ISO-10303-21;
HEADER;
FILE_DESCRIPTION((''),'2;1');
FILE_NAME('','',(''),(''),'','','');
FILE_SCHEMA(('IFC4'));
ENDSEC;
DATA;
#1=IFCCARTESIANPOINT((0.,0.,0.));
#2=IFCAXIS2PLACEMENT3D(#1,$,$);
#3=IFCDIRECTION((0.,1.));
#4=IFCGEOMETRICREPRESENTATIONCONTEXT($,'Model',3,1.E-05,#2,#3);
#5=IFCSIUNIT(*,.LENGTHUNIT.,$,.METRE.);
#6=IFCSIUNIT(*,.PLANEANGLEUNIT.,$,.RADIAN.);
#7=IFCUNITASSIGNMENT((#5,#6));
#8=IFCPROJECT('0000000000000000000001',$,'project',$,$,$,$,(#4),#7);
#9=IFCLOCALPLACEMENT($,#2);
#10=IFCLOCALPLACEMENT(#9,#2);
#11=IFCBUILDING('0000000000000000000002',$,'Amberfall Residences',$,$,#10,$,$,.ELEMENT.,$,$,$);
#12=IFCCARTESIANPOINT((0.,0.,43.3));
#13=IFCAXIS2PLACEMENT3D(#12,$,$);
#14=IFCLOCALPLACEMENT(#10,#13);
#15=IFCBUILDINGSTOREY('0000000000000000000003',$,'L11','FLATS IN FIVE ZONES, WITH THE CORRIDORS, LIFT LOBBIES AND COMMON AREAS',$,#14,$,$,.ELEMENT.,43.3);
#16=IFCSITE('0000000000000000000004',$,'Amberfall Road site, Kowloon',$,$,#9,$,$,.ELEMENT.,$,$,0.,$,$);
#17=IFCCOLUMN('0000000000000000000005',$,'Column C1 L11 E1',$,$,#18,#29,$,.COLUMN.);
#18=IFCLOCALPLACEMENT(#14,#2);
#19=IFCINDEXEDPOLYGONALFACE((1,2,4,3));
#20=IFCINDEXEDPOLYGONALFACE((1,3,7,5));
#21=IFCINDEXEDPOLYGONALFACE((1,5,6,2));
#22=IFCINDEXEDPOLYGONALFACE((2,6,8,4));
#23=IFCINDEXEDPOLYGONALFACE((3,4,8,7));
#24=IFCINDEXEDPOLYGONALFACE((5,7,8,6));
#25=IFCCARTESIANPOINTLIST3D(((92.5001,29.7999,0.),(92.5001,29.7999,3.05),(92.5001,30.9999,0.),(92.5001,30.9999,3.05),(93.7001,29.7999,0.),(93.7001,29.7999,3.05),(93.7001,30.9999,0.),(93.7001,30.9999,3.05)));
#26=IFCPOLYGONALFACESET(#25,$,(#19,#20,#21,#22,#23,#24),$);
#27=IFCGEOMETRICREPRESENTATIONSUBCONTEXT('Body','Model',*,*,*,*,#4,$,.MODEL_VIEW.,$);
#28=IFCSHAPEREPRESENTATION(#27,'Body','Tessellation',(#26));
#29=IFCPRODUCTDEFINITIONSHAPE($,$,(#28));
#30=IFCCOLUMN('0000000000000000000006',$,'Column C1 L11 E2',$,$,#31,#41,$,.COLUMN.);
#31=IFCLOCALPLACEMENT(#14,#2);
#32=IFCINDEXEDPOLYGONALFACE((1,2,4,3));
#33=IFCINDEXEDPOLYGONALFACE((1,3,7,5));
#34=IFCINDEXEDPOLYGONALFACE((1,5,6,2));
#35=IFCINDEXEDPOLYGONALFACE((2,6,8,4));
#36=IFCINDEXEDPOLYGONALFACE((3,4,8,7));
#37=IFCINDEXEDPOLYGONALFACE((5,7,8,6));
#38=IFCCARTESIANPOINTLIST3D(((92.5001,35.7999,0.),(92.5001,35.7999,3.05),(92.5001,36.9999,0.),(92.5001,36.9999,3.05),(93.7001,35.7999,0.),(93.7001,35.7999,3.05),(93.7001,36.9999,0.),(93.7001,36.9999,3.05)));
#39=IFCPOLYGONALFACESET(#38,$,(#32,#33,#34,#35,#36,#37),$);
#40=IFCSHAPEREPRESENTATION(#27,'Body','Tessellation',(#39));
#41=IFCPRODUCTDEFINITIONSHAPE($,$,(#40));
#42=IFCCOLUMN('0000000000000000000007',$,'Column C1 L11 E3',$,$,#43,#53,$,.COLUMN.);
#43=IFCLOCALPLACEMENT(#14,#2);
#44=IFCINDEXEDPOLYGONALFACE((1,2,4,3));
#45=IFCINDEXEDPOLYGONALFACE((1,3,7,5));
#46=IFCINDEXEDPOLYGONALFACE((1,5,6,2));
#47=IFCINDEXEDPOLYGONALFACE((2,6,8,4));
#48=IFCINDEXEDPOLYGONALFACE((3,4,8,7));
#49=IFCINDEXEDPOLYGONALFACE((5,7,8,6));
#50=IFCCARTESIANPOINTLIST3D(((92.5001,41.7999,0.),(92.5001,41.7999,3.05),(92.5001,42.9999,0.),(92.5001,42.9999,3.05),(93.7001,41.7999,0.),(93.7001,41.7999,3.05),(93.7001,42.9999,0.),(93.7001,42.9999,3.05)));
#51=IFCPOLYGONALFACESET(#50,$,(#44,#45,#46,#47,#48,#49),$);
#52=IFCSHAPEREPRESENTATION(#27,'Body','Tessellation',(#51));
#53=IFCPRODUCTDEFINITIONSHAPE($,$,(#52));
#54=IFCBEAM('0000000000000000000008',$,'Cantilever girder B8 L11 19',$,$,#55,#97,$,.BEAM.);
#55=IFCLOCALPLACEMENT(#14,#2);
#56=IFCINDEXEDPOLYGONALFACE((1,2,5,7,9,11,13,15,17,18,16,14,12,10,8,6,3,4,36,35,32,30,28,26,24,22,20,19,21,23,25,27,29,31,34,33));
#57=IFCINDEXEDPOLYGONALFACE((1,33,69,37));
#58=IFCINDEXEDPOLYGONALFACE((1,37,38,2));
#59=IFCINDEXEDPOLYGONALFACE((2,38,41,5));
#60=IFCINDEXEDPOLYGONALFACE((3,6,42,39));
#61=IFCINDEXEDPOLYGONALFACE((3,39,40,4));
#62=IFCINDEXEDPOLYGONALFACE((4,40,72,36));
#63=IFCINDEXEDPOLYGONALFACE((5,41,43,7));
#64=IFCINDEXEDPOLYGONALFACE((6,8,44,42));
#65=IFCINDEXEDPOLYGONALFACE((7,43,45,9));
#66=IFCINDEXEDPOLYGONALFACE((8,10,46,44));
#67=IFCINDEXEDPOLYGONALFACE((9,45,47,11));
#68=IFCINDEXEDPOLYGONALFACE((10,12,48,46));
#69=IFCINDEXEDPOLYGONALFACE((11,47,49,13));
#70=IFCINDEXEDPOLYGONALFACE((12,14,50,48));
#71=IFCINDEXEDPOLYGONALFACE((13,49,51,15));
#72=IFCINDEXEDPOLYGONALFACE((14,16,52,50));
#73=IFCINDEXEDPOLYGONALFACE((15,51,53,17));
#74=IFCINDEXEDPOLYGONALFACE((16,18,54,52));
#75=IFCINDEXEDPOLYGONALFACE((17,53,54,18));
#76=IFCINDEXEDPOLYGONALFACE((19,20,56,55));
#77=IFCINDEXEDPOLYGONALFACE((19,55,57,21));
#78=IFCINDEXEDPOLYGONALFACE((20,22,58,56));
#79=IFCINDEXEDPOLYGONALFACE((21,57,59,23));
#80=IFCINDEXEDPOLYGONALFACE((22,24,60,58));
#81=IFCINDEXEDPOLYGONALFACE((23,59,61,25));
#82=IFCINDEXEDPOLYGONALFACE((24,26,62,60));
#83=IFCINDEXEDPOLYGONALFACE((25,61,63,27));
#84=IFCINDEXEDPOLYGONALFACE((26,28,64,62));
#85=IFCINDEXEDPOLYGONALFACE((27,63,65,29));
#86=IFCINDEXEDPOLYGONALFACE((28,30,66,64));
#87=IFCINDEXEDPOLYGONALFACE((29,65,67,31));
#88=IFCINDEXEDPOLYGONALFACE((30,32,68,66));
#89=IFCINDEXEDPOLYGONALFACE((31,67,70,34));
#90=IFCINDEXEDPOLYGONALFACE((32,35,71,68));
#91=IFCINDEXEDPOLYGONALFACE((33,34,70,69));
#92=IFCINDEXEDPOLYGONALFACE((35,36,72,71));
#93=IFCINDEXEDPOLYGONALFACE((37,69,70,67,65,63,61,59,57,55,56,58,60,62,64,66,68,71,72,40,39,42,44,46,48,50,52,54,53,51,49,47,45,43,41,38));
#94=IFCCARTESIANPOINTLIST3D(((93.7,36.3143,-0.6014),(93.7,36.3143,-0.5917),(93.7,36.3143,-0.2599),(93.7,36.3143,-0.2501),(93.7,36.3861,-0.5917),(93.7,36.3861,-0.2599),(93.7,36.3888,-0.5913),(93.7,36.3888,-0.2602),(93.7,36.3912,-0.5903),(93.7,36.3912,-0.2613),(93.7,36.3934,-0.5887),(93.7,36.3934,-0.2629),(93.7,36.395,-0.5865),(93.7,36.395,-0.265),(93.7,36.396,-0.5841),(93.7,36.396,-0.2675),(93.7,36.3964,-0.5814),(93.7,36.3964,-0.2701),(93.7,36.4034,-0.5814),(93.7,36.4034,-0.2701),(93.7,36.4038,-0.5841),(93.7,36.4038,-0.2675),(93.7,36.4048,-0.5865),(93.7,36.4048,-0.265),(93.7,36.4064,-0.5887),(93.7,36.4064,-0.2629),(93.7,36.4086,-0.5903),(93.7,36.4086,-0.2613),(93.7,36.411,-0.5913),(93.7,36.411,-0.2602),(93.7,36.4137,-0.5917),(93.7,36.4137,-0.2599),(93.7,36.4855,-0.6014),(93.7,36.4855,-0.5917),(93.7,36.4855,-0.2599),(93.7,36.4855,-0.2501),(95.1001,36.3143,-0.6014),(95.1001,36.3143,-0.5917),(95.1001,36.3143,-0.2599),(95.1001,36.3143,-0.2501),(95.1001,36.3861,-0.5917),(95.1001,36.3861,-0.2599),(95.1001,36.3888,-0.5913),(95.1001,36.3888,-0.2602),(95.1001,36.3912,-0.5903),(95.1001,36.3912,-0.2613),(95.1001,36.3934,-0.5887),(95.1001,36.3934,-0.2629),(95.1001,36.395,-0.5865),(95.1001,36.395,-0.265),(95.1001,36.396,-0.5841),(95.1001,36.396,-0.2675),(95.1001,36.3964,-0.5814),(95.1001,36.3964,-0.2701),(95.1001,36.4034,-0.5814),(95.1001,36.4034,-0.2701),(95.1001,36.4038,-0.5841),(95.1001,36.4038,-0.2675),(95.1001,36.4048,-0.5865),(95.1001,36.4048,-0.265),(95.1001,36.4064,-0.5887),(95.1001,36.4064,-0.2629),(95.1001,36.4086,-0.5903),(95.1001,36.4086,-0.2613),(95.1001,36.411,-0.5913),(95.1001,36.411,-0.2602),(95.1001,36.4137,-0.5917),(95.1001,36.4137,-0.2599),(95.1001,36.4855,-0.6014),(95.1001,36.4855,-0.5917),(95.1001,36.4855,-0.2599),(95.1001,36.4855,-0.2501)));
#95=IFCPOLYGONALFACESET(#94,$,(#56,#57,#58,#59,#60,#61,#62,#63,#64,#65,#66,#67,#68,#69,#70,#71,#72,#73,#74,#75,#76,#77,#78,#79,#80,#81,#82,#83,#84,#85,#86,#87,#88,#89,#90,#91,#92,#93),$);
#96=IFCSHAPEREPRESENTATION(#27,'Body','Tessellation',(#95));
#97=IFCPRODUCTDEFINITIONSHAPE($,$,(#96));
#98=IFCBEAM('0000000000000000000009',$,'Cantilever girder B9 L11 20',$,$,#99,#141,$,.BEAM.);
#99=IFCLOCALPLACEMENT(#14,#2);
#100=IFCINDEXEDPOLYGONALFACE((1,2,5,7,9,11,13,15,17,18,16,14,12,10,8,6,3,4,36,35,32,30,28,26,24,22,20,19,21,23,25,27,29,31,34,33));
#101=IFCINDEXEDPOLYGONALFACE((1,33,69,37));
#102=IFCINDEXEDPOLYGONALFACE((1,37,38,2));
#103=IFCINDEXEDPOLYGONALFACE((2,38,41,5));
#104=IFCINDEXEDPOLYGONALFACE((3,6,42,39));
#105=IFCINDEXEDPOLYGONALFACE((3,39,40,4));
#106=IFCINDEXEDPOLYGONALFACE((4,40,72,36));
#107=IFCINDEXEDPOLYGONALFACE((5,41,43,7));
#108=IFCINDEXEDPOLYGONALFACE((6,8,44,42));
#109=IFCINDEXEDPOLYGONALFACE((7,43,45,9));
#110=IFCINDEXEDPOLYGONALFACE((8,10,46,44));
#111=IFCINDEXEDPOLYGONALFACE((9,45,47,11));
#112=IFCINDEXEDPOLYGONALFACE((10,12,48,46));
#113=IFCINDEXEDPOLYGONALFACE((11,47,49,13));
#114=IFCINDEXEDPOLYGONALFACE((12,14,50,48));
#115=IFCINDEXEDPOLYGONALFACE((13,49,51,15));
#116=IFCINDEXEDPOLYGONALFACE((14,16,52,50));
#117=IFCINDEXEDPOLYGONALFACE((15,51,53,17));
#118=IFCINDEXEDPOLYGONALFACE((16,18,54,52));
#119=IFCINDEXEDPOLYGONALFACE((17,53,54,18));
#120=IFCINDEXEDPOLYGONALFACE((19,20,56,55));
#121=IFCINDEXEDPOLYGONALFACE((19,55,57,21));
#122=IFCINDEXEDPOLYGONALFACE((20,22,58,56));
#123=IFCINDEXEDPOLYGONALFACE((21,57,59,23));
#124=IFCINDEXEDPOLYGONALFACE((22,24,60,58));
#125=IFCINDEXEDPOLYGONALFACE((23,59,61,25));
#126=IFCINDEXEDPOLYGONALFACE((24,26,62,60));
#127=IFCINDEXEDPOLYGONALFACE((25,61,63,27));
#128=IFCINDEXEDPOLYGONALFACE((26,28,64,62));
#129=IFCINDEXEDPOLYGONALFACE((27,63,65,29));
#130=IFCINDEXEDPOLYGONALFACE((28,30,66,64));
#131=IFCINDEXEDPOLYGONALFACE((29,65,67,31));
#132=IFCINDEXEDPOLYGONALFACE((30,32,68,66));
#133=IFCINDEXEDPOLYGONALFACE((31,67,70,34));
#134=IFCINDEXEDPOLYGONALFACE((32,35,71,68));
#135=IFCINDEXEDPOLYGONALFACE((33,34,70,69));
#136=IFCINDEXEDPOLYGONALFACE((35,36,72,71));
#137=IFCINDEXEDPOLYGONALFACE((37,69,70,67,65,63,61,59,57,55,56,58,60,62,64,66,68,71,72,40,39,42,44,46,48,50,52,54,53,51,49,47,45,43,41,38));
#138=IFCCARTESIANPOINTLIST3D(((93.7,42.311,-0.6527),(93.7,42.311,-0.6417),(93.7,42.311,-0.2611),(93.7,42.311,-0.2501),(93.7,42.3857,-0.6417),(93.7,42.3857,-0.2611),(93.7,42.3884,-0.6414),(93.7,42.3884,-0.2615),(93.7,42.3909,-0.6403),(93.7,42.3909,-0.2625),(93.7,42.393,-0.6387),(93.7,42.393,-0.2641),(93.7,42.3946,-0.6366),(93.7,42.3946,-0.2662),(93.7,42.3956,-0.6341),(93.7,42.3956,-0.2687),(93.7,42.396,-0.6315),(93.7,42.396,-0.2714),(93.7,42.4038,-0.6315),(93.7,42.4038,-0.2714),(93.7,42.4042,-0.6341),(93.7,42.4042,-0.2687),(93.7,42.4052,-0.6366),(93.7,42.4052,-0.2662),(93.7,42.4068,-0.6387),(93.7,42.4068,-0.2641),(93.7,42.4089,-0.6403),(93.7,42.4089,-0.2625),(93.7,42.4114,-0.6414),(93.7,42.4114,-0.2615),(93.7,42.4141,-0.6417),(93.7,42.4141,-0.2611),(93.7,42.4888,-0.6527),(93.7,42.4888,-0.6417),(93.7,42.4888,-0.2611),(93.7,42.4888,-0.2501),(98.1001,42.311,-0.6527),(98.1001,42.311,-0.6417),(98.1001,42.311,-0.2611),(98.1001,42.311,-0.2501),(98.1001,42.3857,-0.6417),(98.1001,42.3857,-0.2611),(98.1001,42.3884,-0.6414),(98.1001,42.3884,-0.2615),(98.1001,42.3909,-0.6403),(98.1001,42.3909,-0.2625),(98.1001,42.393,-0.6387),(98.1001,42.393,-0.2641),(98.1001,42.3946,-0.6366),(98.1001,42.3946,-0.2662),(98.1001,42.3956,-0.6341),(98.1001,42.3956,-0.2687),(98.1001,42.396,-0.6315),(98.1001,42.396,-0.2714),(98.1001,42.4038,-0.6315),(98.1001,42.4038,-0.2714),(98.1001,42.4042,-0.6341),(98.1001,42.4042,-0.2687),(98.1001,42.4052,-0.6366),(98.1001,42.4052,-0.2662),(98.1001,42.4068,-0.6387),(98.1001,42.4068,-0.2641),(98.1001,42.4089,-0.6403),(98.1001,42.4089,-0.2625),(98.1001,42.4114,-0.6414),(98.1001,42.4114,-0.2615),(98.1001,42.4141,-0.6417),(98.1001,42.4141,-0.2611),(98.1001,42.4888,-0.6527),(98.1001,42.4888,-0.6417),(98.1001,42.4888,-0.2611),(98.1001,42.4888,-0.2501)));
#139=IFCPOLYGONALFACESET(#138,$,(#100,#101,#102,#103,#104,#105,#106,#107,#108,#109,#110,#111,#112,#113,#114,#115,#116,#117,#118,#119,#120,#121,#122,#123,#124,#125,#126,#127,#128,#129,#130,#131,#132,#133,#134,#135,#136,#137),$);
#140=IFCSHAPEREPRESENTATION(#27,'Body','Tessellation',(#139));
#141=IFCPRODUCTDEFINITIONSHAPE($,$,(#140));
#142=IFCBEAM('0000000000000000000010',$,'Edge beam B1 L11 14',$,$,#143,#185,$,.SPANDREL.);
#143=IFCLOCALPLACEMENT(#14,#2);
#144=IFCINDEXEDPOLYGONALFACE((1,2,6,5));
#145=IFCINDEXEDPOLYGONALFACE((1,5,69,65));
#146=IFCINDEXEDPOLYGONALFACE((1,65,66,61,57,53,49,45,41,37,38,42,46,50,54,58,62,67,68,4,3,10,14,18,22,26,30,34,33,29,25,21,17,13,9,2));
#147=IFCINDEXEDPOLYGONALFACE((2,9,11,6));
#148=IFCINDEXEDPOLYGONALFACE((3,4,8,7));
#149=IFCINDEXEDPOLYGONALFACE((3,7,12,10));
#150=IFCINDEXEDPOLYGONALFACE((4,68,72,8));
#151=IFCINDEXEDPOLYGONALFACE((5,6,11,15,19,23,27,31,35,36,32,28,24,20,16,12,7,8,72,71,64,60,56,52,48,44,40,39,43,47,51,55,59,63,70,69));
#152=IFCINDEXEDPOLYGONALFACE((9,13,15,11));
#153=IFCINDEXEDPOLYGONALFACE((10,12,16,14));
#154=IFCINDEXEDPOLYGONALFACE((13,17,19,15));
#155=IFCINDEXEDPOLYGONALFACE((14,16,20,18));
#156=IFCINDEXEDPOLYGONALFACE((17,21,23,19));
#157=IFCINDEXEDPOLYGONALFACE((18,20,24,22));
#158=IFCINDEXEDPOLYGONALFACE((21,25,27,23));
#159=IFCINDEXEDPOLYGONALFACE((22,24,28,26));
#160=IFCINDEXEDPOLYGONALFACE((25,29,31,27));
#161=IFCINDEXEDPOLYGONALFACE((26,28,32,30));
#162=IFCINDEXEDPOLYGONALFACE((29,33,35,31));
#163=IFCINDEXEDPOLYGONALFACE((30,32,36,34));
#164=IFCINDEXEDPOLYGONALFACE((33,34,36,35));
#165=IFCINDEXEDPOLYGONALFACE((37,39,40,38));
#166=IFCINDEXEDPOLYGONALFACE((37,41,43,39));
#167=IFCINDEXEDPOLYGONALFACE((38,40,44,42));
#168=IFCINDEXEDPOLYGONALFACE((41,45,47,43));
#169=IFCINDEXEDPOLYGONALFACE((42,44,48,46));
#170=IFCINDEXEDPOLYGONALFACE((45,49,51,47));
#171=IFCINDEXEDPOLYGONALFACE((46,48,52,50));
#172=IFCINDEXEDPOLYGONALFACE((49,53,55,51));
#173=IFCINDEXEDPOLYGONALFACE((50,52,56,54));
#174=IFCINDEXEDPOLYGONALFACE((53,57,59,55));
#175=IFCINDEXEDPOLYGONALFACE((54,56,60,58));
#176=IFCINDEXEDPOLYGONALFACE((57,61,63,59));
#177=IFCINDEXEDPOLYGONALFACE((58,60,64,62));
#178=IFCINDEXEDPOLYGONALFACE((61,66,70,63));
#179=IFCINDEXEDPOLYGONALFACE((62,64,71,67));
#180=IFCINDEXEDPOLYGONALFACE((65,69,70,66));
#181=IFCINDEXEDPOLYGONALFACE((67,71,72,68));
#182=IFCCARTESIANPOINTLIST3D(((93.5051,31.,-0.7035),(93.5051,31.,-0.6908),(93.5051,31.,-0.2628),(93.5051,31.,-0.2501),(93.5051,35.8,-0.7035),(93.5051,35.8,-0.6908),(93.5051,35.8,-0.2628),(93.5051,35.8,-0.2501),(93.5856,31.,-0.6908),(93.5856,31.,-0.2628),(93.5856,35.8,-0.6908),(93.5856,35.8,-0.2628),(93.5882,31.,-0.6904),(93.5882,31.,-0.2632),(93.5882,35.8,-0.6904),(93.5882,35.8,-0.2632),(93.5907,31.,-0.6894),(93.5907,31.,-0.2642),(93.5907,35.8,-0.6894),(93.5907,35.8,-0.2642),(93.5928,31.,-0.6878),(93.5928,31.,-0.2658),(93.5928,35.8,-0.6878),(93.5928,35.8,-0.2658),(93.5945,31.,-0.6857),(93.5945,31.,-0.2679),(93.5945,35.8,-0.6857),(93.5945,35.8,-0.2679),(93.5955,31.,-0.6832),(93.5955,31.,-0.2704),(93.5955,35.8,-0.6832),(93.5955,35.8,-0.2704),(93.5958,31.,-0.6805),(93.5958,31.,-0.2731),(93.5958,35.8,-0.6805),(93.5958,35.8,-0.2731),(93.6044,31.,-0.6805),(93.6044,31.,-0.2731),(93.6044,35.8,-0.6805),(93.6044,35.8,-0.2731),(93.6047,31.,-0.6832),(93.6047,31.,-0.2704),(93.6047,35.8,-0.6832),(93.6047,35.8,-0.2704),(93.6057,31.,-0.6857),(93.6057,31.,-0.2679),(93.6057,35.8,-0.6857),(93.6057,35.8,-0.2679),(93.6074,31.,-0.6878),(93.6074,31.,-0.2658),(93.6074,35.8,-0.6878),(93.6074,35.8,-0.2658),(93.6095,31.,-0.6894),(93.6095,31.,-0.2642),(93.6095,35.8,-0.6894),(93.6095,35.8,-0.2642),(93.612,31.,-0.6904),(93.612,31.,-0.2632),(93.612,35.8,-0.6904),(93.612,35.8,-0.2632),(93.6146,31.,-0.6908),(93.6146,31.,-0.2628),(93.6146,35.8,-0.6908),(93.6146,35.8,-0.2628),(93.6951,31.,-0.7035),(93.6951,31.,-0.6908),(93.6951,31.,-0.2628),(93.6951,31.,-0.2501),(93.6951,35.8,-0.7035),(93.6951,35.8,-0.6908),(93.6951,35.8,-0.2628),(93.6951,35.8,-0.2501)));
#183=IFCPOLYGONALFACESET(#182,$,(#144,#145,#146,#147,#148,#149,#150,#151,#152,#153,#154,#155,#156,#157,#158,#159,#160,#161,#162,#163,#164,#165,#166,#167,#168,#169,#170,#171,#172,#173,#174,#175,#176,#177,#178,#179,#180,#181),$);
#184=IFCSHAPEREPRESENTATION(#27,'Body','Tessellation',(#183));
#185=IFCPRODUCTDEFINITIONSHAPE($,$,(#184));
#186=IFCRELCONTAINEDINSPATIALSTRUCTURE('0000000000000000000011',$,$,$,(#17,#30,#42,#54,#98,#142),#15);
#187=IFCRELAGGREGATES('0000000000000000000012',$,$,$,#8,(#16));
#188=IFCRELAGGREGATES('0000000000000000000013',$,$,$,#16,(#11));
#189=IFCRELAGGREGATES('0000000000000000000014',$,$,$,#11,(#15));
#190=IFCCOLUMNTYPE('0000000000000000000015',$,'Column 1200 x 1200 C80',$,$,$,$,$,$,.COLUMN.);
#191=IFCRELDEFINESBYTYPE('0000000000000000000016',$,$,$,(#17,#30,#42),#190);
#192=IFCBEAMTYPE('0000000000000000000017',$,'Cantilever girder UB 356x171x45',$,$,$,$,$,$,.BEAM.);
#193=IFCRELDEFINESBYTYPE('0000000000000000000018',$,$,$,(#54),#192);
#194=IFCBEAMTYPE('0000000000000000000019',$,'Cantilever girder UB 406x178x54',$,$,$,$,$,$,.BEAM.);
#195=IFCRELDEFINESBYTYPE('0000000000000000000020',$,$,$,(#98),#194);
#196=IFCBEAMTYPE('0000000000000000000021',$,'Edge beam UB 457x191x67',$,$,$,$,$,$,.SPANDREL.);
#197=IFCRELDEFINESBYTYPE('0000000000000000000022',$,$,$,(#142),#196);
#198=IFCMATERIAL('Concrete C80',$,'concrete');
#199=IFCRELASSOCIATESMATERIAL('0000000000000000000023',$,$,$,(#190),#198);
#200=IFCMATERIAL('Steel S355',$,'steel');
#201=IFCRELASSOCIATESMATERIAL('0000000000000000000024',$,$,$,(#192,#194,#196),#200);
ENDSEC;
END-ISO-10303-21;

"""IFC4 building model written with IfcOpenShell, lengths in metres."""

from ifc_helpers import new_model, si_unit, direction, frame, origin, origin_2d, place, context, subcontext, project, spatial, rectangle, i_section, extrude, material, material_profile, profile_set, type_object, element, save


model = new_model("IFC4")

# Units and contexts
model_context = context("Model", 3, precision=1e-05, world=origin(), true_north=direction((0.0, 1.0)))
body_context = subcontext(model_context, "Body", "Model", "MODEL_VIEW")
ifc_project = project(units=[si_unit("LENGTHUNIT", "METRE"), si_unit("PLANEANGLEUNIT", "RADIAN")], contexts=[model_context])

# Site, building, storey
site_placement = place(None, origin())
site = spatial("IfcSite", under=ifc_project, at=site_placement, Name="Amberfall Road site, Kowloon", CompositionType="ELEMENT", RefElevation=0.0)
building_placement = place(site_placement, origin())
building = spatial("IfcBuilding", under=site, at=building_placement, Name="Amberfall Residences", CompositionType="ELEMENT")
storey_placement = place(building_placement, frame((0.0, 0.0, 43.3)))
storey = spatial("IfcBuildingStorey", under=building, at=storey_placement, Name="L11", Description="FLATS IN FIVE ZONES, WITH THE CORRIDORS, LIFT LOBBIES AND COMMON AREAS", CompositionType="ELEMENT", Elevation=43.3)

# Columns
ifc_material_1 = material(Name="Concrete C80", Category="concrete")
ifc_material_profile_1 = material_profile(ifc_material_1, rectangle(XDim=1.2, YDim=1.2, at=origin_2d()), Name="Column 1200 x 1200 C80")
ifc_profile_set_1 = profile_set([ifc_material_profile_1], Name="Concrete C80")
column_type = type_object("IfcColumnType", Name="Column 1200 x 1200 C80", PredefinedType="COLUMN", material=ifc_profile_set_1)
for number, where, z_axis, x_axis, name in (
    (1, (93.1001, 30.3999, 0.0), (0.0, 0.0, 1.0), (1.0, 0.0, 0.0), "Column C1 L11 E1"),
    (2, (93.1001, 36.3999, 0.0), (0.0, 0.0, 1.0), (1.0, 0.0, 0.0), "Column C1 L11 E2"),
    (3, (93.1001, 42.3999, 0.0), (0.0, 0.0, 1.0), (1.0, 0.0, 0.0), "Column C1 L11 E3"),
):
    element("IfcColumn", number, at=place(storey_placement, frame(where, z_axis=z_axis, x_axis=x_axis)), inside=storey, type_object=column_type, Name=name, PredefinedType="COLUMN", context=body_context, shape_type="SweptSolid", body=[
        extrude(rectangle(XDim=1.2, YDim=1.2, at=origin_2d()), origin(), (0.0, 0.0, 1.0), 3.05),
    ])

# Beams
ifc_material_2 = material(Name="Steel S355", Category="steel")
ifc_material_profile_2 = material_profile(ifc_material_2, i_section(OverallWidth=0.1711, OverallDepth=0.3513, WebThickness=0.0071, FlangeThickness=0.0098, FilletRadius=0.0103, at=origin_2d()), Name="UB 356x171x45")
ifc_profile_set_2 = profile_set([ifc_material_profile_2], Name="Steel S355")
beam_type_1 = type_object("IfcBeamType", Name="Cantilever girder UB 356x171x45", PredefinedType="BEAM", material=ifc_profile_set_2)
beam_1_placement = place(storey_placement, frame((93.7, 36.3999, -0.4258), z_axis=(1.0, 0.0, 0.0), x_axis=(0.0, 1.0, 0.0)))
element("IfcBeam", 4, at=beam_1_placement, inside=storey, type_object=beam_type_1, Name="Cantilever girder B8 L11 19", PredefinedType="BEAM", context=body_context, shape_type="SweptSolid", body=[
    extrude(i_section(OverallWidth=0.1711, OverallDepth=0.3513, WebThickness=0.0071, FlangeThickness=0.0098, FilletRadius=0.0103, at=origin_2d()), origin(), (0.0, 0.0, 1.0), 1.4001),
])
ifc_material_profile_3 = material_profile(ifc_material_2, i_section(OverallWidth=0.1777, OverallDepth=0.4026, WebThickness=0.0078, FlangeThickness=0.011, FilletRadius=0.0103, at=origin_2d()), Name="UB 406x178x54")
ifc_profile_set_3 = profile_set([ifc_material_profile_3], Name="Steel S355")
beam_type_2 = type_object("IfcBeamType", Name="Cantilever girder UB 406x178x54", PredefinedType="BEAM", material=ifc_profile_set_3)
beam_2_placement = place(storey_placement, frame((93.7, 42.3999, -0.4514), z_axis=(1.0, 0.0, 0.0), x_axis=(0.0, 1.0, 0.0)))
element("IfcBeam", 5, at=beam_2_placement, inside=storey, type_object=beam_type_2, Name="Cantilever girder B9 L11 20", PredefinedType="BEAM", context=body_context, shape_type="SweptSolid", body=[
    extrude(i_section(OverallWidth=0.1777, OverallDepth=0.4026, WebThickness=0.0078, FlangeThickness=0.011, FilletRadius=0.0103, at=origin_2d()), origin(), (0.0, 0.0, 1.0), 4.4001),
])
ifc_material_profile_4 = material_profile(ifc_material_2, i_section(OverallWidth=0.1899, OverallDepth=0.4534, WebThickness=0.0085, FlangeThickness=0.0127, FilletRadius=0.0103, at=origin_2d()), Name="UB 457x191x67")
ifc_profile_set_4 = profile_set([ifc_material_profile_4], Name="Steel S355")
beam_type_3 = type_object("IfcBeamType", Name="Edge beam UB 457x191x67", PredefinedType="SPANDREL", material=ifc_profile_set_4)
beam_3_placement = place(storey_placement, frame((93.6001, 31.0, -0.4768), z_axis=(0.0, 1.0, 0.0), x_axis=(-1.0, 0.0, 0.0)))
element("IfcBeam", 6, at=beam_3_placement, inside=storey, type_object=beam_type_3, Name="Edge beam B1 L11 14", PredefinedType="SPANDREL", context=body_context, shape_type="SweptSolid", body=[
    extrude(i_section(OverallWidth=0.1899, OverallDepth=0.4534, WebThickness=0.0085, FlangeThickness=0.0127, FilletRadius=0.0103, at=origin_2d()), origin(), (0.0, 0.0, 1.0), 4.8),
])

save(model, "model.ifc")
